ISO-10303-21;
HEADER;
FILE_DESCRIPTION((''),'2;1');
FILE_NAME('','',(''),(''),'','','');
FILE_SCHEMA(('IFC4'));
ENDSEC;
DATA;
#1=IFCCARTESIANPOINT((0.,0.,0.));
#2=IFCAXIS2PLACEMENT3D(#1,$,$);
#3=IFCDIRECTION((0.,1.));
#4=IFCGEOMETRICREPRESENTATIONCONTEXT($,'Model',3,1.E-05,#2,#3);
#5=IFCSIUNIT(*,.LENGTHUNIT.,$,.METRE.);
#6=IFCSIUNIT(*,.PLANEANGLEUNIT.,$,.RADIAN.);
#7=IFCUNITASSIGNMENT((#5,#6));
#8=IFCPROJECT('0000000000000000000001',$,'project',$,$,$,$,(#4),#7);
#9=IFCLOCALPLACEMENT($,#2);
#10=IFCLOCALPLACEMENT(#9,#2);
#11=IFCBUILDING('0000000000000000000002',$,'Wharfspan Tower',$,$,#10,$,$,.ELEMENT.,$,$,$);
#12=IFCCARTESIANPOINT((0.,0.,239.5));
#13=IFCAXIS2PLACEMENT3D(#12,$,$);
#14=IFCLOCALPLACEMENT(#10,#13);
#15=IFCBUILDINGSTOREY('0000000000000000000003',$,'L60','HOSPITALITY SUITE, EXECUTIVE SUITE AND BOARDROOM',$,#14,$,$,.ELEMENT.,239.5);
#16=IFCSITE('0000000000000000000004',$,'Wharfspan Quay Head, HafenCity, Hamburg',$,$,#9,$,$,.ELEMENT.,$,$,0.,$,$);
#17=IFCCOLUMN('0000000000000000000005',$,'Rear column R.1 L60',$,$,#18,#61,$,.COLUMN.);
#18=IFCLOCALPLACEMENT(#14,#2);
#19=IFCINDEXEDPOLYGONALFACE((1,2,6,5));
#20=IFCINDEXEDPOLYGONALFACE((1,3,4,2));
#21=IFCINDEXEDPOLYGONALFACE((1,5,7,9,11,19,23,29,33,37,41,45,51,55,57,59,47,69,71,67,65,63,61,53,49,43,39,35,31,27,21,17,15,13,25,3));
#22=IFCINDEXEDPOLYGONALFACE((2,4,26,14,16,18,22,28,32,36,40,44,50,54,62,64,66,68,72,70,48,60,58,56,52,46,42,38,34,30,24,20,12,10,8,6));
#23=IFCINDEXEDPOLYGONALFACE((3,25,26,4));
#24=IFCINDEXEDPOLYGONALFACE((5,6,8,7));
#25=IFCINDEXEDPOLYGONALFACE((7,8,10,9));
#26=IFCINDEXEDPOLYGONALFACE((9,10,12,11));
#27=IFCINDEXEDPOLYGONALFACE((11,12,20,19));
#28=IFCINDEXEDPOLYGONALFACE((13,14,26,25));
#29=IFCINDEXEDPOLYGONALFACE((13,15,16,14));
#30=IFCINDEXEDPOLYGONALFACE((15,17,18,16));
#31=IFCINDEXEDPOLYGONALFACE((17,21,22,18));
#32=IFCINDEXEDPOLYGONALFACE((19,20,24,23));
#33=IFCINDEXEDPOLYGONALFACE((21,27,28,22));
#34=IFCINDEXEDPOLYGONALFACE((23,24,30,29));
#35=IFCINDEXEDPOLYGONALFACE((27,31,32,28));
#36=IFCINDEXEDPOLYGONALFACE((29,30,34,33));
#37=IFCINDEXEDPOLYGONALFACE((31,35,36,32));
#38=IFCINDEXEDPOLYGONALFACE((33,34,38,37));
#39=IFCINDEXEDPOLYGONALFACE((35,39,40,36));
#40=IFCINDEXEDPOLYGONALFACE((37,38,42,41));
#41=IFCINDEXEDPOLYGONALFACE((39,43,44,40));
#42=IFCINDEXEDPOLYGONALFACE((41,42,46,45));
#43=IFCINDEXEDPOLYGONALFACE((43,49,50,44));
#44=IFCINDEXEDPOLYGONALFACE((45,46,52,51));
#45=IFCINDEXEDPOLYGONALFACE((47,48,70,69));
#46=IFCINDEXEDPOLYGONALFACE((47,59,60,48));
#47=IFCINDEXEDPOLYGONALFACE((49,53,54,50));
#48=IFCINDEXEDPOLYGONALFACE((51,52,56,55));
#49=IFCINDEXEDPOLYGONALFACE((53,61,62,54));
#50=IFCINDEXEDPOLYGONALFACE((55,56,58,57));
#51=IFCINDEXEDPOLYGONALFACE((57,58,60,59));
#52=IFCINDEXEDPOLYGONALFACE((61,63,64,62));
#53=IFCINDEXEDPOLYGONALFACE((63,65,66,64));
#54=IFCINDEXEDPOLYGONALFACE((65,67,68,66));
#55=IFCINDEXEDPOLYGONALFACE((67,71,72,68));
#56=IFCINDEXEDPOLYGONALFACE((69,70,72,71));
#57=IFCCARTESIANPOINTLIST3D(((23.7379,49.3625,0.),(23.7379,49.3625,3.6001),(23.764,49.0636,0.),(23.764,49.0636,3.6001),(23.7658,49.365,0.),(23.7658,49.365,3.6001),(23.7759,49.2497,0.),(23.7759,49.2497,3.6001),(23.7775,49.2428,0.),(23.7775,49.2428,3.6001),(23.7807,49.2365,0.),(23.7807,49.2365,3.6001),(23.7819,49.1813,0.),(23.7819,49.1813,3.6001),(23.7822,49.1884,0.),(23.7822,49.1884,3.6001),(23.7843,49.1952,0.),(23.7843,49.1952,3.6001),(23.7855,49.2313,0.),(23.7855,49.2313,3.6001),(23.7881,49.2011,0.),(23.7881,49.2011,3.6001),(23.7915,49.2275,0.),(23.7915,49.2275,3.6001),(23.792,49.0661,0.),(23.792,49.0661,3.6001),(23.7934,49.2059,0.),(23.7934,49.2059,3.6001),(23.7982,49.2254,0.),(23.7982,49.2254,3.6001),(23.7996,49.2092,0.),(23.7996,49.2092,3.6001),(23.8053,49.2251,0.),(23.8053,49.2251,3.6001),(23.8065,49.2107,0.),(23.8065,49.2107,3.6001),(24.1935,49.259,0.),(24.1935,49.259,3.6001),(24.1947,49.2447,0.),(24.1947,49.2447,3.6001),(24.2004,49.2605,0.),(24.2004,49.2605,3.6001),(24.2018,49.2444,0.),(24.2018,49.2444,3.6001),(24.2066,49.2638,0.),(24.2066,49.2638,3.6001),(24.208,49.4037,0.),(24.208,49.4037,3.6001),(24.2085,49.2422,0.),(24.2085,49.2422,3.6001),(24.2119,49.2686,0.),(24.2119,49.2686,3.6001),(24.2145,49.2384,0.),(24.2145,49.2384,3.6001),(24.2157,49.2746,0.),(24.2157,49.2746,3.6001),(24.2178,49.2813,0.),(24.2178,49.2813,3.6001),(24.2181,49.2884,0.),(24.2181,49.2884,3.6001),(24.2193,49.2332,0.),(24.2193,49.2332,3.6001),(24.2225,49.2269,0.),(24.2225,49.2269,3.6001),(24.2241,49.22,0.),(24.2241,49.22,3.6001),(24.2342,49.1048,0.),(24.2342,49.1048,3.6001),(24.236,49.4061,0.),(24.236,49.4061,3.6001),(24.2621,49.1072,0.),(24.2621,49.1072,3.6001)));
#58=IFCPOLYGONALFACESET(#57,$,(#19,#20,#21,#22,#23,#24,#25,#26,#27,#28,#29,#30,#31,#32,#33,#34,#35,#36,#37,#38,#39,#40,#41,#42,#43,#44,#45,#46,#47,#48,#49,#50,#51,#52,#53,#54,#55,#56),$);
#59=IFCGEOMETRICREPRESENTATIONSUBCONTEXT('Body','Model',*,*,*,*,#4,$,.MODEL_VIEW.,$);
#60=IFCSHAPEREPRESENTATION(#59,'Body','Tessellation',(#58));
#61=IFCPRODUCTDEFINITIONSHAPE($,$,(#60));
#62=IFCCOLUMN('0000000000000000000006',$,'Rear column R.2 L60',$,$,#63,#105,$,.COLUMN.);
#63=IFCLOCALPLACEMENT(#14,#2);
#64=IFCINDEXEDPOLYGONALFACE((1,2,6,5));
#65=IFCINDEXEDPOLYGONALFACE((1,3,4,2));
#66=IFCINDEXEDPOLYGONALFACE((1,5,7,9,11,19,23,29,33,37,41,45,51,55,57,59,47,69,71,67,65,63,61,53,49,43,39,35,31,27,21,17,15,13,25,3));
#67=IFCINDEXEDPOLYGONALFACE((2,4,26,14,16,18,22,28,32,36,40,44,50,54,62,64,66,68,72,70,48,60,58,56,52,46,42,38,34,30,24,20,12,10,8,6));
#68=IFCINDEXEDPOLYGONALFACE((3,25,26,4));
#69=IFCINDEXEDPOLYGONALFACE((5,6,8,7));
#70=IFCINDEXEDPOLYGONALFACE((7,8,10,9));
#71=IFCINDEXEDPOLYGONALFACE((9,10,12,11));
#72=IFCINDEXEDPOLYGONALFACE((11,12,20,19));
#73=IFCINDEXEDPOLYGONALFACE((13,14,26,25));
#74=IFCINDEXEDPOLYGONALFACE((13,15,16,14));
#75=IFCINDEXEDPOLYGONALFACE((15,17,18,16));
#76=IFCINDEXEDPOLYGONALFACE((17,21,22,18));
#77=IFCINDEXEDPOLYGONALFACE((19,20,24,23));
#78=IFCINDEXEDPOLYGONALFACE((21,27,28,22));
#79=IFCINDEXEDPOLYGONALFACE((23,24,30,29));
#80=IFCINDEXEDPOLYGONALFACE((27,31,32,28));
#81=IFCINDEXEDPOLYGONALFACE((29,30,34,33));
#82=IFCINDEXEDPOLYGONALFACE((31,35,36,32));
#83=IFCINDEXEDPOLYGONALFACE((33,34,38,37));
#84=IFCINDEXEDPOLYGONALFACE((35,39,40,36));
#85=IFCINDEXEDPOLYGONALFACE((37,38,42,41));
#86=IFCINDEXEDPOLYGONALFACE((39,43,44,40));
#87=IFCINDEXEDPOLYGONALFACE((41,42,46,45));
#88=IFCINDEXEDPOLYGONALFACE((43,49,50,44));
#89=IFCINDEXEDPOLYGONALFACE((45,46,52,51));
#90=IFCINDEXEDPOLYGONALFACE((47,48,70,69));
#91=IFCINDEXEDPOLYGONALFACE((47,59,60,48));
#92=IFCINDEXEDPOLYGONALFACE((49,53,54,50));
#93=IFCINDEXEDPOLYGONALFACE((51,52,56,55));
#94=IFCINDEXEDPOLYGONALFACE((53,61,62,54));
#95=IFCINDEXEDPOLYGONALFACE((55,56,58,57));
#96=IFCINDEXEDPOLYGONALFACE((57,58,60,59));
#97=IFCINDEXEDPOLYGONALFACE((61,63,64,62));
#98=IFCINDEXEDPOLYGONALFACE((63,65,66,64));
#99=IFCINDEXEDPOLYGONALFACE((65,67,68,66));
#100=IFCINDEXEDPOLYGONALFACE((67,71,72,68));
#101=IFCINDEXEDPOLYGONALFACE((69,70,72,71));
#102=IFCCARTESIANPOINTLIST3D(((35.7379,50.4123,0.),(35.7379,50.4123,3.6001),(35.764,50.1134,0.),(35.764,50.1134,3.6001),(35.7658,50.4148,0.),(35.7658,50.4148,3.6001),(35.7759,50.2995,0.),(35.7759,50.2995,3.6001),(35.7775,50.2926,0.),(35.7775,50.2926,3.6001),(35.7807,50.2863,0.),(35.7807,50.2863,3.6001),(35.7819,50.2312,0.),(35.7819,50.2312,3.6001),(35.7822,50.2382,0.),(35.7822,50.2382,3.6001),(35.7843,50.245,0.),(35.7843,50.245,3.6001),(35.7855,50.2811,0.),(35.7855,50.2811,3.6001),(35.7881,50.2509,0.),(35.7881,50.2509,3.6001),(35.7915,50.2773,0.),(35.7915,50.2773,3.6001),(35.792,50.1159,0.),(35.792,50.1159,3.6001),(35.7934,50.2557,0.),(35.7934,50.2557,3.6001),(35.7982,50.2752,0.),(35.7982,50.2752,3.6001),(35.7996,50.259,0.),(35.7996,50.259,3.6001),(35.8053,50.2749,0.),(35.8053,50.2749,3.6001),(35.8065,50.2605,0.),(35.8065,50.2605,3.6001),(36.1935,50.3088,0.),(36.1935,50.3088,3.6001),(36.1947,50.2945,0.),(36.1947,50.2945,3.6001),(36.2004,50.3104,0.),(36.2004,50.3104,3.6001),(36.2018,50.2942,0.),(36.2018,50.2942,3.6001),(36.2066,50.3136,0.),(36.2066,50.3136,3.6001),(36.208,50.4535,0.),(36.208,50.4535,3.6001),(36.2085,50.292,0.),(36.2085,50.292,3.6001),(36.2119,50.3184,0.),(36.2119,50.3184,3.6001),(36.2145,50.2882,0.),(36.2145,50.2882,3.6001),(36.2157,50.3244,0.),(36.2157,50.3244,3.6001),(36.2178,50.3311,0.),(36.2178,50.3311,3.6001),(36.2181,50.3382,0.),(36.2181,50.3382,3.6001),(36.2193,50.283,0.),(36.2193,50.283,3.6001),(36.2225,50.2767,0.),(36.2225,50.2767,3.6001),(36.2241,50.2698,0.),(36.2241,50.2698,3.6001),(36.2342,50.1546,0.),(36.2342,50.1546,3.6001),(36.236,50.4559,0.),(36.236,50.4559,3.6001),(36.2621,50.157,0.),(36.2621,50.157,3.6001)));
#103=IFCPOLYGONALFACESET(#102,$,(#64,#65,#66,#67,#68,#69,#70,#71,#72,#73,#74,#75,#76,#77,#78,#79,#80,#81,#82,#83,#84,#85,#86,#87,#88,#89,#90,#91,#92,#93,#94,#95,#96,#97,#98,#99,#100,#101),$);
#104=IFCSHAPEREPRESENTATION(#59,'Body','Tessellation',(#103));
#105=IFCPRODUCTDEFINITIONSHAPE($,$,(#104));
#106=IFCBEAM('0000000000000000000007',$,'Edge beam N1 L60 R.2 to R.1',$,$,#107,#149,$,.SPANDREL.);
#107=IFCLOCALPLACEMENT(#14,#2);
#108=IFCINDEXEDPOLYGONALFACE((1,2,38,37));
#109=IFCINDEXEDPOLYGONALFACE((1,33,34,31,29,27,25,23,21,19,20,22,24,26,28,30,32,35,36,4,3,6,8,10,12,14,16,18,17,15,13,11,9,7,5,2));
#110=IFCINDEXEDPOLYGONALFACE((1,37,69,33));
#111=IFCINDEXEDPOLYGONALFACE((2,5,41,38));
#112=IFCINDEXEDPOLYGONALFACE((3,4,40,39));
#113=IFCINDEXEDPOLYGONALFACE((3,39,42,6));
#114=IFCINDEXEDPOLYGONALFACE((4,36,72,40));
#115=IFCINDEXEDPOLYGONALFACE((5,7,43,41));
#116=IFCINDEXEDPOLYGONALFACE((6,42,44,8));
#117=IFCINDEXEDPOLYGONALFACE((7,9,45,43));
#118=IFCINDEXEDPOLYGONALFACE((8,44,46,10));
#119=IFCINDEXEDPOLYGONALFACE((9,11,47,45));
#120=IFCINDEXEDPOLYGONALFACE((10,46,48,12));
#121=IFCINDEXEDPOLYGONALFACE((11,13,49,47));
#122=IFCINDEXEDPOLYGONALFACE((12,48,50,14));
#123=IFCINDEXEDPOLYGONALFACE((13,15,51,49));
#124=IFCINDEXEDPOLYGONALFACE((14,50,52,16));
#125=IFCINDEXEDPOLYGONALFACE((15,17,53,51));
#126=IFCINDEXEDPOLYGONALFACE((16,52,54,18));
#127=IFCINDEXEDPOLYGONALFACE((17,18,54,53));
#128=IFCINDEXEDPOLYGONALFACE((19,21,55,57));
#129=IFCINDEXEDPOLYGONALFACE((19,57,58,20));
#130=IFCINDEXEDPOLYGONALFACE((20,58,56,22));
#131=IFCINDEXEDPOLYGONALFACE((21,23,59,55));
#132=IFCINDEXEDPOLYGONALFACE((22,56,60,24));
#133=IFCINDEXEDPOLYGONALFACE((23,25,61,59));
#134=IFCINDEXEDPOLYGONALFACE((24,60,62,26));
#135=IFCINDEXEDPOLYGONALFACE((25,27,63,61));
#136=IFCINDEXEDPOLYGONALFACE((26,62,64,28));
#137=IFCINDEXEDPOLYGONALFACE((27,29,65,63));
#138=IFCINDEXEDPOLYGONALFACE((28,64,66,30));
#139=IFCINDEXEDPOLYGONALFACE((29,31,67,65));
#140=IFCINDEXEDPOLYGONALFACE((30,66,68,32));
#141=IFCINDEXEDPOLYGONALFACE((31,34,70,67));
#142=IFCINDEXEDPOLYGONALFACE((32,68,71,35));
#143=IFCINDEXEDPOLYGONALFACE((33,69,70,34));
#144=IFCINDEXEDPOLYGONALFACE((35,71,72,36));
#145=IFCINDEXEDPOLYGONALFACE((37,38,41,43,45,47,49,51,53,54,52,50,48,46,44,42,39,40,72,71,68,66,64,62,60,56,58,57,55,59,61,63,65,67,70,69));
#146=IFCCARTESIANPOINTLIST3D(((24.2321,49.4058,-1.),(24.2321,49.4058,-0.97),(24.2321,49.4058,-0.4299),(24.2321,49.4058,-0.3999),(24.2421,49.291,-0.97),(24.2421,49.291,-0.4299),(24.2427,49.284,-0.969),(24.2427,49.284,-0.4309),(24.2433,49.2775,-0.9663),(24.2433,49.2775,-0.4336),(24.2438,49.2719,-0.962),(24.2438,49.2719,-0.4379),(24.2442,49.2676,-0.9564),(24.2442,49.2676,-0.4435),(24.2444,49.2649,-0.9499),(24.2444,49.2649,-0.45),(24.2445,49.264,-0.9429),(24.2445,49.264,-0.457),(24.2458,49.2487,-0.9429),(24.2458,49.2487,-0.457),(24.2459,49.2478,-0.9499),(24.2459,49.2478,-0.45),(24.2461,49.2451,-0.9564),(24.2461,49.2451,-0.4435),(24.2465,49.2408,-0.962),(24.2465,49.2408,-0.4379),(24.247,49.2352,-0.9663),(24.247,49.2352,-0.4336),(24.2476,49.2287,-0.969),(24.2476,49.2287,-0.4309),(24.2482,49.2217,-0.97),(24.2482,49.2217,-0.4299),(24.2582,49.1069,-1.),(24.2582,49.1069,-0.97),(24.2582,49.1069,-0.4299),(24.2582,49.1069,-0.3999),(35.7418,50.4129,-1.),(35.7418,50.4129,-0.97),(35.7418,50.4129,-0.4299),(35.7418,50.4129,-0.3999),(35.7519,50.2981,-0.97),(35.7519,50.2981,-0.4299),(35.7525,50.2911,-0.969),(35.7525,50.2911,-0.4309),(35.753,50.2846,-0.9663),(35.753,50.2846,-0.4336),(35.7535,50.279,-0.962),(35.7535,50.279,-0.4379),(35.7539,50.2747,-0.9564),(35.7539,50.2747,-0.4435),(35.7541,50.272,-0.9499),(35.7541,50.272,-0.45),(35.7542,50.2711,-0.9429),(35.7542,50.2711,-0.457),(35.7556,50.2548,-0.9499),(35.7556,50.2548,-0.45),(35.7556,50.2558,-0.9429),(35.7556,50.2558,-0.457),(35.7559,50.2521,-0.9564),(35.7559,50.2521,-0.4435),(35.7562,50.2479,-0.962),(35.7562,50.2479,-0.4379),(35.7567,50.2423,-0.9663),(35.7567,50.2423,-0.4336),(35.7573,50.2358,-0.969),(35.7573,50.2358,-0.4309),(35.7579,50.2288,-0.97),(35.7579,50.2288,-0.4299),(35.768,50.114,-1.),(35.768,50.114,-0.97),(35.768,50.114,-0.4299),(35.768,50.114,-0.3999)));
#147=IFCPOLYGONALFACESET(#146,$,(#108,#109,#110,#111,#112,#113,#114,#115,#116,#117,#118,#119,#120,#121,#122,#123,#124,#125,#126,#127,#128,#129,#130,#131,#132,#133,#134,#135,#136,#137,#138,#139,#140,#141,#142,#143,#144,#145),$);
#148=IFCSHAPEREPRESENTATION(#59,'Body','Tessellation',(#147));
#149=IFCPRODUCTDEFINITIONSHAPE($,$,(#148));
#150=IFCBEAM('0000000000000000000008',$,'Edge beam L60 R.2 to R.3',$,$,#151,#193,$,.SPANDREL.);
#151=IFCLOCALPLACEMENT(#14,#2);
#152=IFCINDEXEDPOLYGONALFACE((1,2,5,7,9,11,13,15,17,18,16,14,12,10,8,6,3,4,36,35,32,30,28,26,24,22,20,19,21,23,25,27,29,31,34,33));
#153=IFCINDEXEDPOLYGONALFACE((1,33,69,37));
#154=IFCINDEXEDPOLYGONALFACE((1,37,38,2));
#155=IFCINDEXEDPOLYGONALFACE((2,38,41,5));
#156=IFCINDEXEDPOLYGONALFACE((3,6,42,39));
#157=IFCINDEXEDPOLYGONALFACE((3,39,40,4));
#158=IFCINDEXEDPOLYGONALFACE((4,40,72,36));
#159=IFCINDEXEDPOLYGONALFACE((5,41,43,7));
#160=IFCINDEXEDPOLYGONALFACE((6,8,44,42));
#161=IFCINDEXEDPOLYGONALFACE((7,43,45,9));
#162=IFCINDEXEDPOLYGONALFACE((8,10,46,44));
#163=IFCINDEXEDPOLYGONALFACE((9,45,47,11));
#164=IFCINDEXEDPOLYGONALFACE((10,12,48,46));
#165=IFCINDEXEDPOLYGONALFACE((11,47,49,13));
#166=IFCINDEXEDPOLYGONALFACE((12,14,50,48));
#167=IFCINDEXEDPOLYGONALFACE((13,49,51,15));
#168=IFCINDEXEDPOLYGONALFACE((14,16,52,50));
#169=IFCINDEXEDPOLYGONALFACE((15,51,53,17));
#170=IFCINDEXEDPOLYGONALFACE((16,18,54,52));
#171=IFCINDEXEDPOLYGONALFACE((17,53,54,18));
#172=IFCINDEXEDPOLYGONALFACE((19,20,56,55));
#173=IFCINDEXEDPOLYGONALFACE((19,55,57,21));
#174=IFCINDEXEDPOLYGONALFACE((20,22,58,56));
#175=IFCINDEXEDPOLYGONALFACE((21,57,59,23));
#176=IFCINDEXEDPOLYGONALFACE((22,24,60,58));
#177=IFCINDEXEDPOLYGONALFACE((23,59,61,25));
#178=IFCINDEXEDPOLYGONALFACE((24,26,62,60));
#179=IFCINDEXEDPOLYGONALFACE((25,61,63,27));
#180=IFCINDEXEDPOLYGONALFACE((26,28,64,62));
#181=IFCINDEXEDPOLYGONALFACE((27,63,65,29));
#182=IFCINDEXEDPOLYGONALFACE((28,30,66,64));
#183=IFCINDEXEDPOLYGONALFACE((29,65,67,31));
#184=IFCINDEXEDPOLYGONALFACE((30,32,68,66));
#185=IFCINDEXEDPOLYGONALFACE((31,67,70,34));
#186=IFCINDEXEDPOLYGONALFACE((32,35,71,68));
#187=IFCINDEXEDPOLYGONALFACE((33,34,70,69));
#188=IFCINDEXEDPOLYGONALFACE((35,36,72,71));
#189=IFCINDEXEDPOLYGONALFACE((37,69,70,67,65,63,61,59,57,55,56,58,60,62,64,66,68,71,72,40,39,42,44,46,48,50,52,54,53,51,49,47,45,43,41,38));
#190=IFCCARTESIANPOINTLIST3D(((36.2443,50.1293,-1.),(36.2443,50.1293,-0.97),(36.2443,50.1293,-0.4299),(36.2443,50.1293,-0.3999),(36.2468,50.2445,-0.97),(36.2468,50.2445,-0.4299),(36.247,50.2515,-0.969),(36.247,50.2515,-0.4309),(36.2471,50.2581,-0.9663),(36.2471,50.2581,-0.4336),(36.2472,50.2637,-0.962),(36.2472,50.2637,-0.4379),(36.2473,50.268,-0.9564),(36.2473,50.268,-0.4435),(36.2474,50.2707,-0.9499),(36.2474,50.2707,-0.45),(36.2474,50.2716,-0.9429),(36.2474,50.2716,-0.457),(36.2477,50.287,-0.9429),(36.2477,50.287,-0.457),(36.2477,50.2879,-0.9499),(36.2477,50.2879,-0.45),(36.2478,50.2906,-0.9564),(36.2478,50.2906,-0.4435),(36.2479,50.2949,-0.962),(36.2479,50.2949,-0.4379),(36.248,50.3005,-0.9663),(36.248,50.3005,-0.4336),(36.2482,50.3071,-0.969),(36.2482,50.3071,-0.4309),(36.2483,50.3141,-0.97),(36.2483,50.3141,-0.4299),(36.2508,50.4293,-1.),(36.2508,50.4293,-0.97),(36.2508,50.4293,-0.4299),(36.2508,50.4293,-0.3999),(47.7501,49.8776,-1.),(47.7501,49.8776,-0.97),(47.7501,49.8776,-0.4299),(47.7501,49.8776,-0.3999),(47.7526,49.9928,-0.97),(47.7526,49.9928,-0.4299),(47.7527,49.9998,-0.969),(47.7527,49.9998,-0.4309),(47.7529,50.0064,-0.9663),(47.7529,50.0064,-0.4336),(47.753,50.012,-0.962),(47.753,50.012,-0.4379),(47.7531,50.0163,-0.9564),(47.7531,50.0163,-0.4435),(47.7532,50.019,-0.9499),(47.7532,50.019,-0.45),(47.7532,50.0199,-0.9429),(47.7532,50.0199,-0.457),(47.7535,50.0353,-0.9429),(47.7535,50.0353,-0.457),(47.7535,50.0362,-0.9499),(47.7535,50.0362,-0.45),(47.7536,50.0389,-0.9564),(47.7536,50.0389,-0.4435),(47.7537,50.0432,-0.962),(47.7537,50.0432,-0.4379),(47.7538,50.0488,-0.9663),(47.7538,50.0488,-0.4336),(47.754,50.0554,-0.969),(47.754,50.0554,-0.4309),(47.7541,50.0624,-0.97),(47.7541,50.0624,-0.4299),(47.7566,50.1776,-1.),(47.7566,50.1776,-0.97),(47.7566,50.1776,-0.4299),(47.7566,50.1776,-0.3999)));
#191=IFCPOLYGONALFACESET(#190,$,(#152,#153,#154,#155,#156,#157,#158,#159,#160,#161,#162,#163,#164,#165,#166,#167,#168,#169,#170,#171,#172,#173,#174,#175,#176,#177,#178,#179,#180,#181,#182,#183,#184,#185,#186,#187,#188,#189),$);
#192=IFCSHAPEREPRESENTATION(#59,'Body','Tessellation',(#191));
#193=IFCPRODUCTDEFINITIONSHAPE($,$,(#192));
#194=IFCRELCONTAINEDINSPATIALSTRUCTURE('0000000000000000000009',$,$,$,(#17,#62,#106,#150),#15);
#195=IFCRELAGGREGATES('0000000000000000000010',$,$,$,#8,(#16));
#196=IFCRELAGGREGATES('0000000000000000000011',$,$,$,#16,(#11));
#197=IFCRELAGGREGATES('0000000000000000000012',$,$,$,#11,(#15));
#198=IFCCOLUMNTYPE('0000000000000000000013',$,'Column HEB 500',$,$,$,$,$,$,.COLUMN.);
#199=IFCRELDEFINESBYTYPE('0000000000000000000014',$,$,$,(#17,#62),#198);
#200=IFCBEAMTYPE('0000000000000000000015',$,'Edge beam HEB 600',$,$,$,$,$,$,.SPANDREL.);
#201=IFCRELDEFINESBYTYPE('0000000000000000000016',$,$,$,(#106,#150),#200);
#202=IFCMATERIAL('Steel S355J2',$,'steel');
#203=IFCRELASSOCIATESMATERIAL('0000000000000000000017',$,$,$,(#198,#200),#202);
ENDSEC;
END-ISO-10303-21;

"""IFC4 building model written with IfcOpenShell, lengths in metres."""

from ifc_helpers import new_model, si_unit, direction, frame, origin, origin_2d, place, context, subcontext, project, spatial, i_section, extrude, material, material_profile, profile_set, type_object, element, save


model = new_model("IFC4")

# Units and contexts
model_context = context("Model", 3, precision=1e-05, world=origin(), true_north=direction((0.0, 1.0)))
body_context = subcontext(model_context, "Body", "Model", "MODEL_VIEW")
ifc_project = project(units=[si_unit("LENGTHUNIT", "METRE"), si_unit("PLANEANGLEUNIT", "RADIAN")], contexts=[model_context])

# Site, building, storey
site_placement = place(None, origin())
site = spatial("IfcSite", under=ifc_project, at=site_placement, Name="Wharfspan Quay Head, HafenCity, Hamburg", CompositionType="ELEMENT", RefElevation=0.0)
building_placement = place(site_placement, origin())
building = spatial("IfcBuilding", under=site, at=building_placement, Name="Wharfspan Tower", CompositionType="ELEMENT")
storey_placement = place(building_placement, frame((0.0, 0.0, 239.5)))
storey = spatial("IfcBuildingStorey", under=building, at=storey_placement, Name="L60", Description="HOSPITALITY SUITE, EXECUTIVE SUITE AND BOARDROOM", CompositionType="ELEMENT", Elevation=239.5)

# Columns
ifc_material_1 = material(Name="Steel S355J2", Category="steel")
ifc_material_profile_1 = material_profile(ifc_material_1, i_section(OverallWidth=0.3, OverallDepth=0.5, WebThickness=0.0144, FlangeThickness=0.0281, FilletRadius=0.0271, at=origin_2d()))
ifc_profile_set_1 = profile_set([ifc_material_profile_1], Name="Steel S355J2")
column_type = type_object("IfcColumnType", Name="Column HEB 500", PredefinedType="COLUMN", material=ifc_profile_set_1)
for number, where, z_axis, x_axis, name in (
    (1, (24.0, 49.2349, 0.0), (0.0, 0.0, 1.0), (-0.087156, 0.996197, 0.0), "Rear column R.1 L60"),
    (2, (36.0, 50.2847, 0.0), (0.0, 0.0, 1.0), (-0.087156, 0.996197, 0.0), "Rear column R.2 L60"),
):
    element("IfcColumn", number, at=place(storey_placement, frame(where, z_axis=z_axis, x_axis=x_axis)), inside=storey, type_object=column_type, Name=name, PredefinedType="COLUMN", context=body_context, shape_type="SweptSolid", body=[
        extrude(i_section(OverallWidth=0.3, OverallDepth=0.5, WebThickness=0.0144, FlangeThickness=0.0281, FilletRadius=0.0271, at=origin_2d()), origin(), (0.0, 0.0, 1.0), 3.6001),
    ])

# Beams
ifc_material_profile_2 = material_profile(ifc_material_1, i_section(OverallWidth=0.3, OverallDepth=0.6001, WebThickness=0.0154, FlangeThickness=0.03, FilletRadius=0.0271, at=origin_2d()))
ifc_profile_set_2 = profile_set([ifc_material_profile_2], Name="Steel S355J2")
beam_type = type_object("IfcBeamType", Name="Edge beam HEB 600", PredefinedType="SPANDREL", material=ifc_profile_set_2)
beam_1_placement = place(storey_placement, frame((35.7549, 50.2634, -0.7), z_axis=(-0.996194, -0.087165, 0.0), x_axis=(0.087165, -0.996194, 0.0)))
element("IfcBeam", 3, at=beam_1_placement, inside=storey, type_object=beam_type, Name="Edge beam N1 L60 R.2 to R.1", PredefinedType="SPANDREL", context=body_context, shape_type="SweptSolid", body=[
    extrude(i_section(OverallWidth=0.3, OverallDepth=0.6001, WebThickness=0.0154, FlangeThickness=0.03, FilletRadius=0.0271, at=origin_2d()), origin(), (0.0, 0.0, 1.0), 11.5537),
])
beam_2_placement = place(storey_placement, frame((36.2476, 50.2793, -0.7), z_axis=(0.999761, -0.021871, 0.0), x_axis=(0.021871, 0.999761, 0.0)))
element("IfcBeam", 4, at=beam_2_placement, inside=storey, type_object=beam_type, Name="Edge beam L60 R.2 to R.3", PredefinedType="SPANDREL", context=body_context, shape_type="SweptSolid", body=[
    extrude(i_section(OverallWidth=0.3, OverallDepth=0.6001, WebThickness=0.0154, FlangeThickness=0.03, FilletRadius=0.0271, at=origin_2d()), origin(), (0.0, 0.0, 1.0), 11.5085),
])

save(model, "model.ifc")
